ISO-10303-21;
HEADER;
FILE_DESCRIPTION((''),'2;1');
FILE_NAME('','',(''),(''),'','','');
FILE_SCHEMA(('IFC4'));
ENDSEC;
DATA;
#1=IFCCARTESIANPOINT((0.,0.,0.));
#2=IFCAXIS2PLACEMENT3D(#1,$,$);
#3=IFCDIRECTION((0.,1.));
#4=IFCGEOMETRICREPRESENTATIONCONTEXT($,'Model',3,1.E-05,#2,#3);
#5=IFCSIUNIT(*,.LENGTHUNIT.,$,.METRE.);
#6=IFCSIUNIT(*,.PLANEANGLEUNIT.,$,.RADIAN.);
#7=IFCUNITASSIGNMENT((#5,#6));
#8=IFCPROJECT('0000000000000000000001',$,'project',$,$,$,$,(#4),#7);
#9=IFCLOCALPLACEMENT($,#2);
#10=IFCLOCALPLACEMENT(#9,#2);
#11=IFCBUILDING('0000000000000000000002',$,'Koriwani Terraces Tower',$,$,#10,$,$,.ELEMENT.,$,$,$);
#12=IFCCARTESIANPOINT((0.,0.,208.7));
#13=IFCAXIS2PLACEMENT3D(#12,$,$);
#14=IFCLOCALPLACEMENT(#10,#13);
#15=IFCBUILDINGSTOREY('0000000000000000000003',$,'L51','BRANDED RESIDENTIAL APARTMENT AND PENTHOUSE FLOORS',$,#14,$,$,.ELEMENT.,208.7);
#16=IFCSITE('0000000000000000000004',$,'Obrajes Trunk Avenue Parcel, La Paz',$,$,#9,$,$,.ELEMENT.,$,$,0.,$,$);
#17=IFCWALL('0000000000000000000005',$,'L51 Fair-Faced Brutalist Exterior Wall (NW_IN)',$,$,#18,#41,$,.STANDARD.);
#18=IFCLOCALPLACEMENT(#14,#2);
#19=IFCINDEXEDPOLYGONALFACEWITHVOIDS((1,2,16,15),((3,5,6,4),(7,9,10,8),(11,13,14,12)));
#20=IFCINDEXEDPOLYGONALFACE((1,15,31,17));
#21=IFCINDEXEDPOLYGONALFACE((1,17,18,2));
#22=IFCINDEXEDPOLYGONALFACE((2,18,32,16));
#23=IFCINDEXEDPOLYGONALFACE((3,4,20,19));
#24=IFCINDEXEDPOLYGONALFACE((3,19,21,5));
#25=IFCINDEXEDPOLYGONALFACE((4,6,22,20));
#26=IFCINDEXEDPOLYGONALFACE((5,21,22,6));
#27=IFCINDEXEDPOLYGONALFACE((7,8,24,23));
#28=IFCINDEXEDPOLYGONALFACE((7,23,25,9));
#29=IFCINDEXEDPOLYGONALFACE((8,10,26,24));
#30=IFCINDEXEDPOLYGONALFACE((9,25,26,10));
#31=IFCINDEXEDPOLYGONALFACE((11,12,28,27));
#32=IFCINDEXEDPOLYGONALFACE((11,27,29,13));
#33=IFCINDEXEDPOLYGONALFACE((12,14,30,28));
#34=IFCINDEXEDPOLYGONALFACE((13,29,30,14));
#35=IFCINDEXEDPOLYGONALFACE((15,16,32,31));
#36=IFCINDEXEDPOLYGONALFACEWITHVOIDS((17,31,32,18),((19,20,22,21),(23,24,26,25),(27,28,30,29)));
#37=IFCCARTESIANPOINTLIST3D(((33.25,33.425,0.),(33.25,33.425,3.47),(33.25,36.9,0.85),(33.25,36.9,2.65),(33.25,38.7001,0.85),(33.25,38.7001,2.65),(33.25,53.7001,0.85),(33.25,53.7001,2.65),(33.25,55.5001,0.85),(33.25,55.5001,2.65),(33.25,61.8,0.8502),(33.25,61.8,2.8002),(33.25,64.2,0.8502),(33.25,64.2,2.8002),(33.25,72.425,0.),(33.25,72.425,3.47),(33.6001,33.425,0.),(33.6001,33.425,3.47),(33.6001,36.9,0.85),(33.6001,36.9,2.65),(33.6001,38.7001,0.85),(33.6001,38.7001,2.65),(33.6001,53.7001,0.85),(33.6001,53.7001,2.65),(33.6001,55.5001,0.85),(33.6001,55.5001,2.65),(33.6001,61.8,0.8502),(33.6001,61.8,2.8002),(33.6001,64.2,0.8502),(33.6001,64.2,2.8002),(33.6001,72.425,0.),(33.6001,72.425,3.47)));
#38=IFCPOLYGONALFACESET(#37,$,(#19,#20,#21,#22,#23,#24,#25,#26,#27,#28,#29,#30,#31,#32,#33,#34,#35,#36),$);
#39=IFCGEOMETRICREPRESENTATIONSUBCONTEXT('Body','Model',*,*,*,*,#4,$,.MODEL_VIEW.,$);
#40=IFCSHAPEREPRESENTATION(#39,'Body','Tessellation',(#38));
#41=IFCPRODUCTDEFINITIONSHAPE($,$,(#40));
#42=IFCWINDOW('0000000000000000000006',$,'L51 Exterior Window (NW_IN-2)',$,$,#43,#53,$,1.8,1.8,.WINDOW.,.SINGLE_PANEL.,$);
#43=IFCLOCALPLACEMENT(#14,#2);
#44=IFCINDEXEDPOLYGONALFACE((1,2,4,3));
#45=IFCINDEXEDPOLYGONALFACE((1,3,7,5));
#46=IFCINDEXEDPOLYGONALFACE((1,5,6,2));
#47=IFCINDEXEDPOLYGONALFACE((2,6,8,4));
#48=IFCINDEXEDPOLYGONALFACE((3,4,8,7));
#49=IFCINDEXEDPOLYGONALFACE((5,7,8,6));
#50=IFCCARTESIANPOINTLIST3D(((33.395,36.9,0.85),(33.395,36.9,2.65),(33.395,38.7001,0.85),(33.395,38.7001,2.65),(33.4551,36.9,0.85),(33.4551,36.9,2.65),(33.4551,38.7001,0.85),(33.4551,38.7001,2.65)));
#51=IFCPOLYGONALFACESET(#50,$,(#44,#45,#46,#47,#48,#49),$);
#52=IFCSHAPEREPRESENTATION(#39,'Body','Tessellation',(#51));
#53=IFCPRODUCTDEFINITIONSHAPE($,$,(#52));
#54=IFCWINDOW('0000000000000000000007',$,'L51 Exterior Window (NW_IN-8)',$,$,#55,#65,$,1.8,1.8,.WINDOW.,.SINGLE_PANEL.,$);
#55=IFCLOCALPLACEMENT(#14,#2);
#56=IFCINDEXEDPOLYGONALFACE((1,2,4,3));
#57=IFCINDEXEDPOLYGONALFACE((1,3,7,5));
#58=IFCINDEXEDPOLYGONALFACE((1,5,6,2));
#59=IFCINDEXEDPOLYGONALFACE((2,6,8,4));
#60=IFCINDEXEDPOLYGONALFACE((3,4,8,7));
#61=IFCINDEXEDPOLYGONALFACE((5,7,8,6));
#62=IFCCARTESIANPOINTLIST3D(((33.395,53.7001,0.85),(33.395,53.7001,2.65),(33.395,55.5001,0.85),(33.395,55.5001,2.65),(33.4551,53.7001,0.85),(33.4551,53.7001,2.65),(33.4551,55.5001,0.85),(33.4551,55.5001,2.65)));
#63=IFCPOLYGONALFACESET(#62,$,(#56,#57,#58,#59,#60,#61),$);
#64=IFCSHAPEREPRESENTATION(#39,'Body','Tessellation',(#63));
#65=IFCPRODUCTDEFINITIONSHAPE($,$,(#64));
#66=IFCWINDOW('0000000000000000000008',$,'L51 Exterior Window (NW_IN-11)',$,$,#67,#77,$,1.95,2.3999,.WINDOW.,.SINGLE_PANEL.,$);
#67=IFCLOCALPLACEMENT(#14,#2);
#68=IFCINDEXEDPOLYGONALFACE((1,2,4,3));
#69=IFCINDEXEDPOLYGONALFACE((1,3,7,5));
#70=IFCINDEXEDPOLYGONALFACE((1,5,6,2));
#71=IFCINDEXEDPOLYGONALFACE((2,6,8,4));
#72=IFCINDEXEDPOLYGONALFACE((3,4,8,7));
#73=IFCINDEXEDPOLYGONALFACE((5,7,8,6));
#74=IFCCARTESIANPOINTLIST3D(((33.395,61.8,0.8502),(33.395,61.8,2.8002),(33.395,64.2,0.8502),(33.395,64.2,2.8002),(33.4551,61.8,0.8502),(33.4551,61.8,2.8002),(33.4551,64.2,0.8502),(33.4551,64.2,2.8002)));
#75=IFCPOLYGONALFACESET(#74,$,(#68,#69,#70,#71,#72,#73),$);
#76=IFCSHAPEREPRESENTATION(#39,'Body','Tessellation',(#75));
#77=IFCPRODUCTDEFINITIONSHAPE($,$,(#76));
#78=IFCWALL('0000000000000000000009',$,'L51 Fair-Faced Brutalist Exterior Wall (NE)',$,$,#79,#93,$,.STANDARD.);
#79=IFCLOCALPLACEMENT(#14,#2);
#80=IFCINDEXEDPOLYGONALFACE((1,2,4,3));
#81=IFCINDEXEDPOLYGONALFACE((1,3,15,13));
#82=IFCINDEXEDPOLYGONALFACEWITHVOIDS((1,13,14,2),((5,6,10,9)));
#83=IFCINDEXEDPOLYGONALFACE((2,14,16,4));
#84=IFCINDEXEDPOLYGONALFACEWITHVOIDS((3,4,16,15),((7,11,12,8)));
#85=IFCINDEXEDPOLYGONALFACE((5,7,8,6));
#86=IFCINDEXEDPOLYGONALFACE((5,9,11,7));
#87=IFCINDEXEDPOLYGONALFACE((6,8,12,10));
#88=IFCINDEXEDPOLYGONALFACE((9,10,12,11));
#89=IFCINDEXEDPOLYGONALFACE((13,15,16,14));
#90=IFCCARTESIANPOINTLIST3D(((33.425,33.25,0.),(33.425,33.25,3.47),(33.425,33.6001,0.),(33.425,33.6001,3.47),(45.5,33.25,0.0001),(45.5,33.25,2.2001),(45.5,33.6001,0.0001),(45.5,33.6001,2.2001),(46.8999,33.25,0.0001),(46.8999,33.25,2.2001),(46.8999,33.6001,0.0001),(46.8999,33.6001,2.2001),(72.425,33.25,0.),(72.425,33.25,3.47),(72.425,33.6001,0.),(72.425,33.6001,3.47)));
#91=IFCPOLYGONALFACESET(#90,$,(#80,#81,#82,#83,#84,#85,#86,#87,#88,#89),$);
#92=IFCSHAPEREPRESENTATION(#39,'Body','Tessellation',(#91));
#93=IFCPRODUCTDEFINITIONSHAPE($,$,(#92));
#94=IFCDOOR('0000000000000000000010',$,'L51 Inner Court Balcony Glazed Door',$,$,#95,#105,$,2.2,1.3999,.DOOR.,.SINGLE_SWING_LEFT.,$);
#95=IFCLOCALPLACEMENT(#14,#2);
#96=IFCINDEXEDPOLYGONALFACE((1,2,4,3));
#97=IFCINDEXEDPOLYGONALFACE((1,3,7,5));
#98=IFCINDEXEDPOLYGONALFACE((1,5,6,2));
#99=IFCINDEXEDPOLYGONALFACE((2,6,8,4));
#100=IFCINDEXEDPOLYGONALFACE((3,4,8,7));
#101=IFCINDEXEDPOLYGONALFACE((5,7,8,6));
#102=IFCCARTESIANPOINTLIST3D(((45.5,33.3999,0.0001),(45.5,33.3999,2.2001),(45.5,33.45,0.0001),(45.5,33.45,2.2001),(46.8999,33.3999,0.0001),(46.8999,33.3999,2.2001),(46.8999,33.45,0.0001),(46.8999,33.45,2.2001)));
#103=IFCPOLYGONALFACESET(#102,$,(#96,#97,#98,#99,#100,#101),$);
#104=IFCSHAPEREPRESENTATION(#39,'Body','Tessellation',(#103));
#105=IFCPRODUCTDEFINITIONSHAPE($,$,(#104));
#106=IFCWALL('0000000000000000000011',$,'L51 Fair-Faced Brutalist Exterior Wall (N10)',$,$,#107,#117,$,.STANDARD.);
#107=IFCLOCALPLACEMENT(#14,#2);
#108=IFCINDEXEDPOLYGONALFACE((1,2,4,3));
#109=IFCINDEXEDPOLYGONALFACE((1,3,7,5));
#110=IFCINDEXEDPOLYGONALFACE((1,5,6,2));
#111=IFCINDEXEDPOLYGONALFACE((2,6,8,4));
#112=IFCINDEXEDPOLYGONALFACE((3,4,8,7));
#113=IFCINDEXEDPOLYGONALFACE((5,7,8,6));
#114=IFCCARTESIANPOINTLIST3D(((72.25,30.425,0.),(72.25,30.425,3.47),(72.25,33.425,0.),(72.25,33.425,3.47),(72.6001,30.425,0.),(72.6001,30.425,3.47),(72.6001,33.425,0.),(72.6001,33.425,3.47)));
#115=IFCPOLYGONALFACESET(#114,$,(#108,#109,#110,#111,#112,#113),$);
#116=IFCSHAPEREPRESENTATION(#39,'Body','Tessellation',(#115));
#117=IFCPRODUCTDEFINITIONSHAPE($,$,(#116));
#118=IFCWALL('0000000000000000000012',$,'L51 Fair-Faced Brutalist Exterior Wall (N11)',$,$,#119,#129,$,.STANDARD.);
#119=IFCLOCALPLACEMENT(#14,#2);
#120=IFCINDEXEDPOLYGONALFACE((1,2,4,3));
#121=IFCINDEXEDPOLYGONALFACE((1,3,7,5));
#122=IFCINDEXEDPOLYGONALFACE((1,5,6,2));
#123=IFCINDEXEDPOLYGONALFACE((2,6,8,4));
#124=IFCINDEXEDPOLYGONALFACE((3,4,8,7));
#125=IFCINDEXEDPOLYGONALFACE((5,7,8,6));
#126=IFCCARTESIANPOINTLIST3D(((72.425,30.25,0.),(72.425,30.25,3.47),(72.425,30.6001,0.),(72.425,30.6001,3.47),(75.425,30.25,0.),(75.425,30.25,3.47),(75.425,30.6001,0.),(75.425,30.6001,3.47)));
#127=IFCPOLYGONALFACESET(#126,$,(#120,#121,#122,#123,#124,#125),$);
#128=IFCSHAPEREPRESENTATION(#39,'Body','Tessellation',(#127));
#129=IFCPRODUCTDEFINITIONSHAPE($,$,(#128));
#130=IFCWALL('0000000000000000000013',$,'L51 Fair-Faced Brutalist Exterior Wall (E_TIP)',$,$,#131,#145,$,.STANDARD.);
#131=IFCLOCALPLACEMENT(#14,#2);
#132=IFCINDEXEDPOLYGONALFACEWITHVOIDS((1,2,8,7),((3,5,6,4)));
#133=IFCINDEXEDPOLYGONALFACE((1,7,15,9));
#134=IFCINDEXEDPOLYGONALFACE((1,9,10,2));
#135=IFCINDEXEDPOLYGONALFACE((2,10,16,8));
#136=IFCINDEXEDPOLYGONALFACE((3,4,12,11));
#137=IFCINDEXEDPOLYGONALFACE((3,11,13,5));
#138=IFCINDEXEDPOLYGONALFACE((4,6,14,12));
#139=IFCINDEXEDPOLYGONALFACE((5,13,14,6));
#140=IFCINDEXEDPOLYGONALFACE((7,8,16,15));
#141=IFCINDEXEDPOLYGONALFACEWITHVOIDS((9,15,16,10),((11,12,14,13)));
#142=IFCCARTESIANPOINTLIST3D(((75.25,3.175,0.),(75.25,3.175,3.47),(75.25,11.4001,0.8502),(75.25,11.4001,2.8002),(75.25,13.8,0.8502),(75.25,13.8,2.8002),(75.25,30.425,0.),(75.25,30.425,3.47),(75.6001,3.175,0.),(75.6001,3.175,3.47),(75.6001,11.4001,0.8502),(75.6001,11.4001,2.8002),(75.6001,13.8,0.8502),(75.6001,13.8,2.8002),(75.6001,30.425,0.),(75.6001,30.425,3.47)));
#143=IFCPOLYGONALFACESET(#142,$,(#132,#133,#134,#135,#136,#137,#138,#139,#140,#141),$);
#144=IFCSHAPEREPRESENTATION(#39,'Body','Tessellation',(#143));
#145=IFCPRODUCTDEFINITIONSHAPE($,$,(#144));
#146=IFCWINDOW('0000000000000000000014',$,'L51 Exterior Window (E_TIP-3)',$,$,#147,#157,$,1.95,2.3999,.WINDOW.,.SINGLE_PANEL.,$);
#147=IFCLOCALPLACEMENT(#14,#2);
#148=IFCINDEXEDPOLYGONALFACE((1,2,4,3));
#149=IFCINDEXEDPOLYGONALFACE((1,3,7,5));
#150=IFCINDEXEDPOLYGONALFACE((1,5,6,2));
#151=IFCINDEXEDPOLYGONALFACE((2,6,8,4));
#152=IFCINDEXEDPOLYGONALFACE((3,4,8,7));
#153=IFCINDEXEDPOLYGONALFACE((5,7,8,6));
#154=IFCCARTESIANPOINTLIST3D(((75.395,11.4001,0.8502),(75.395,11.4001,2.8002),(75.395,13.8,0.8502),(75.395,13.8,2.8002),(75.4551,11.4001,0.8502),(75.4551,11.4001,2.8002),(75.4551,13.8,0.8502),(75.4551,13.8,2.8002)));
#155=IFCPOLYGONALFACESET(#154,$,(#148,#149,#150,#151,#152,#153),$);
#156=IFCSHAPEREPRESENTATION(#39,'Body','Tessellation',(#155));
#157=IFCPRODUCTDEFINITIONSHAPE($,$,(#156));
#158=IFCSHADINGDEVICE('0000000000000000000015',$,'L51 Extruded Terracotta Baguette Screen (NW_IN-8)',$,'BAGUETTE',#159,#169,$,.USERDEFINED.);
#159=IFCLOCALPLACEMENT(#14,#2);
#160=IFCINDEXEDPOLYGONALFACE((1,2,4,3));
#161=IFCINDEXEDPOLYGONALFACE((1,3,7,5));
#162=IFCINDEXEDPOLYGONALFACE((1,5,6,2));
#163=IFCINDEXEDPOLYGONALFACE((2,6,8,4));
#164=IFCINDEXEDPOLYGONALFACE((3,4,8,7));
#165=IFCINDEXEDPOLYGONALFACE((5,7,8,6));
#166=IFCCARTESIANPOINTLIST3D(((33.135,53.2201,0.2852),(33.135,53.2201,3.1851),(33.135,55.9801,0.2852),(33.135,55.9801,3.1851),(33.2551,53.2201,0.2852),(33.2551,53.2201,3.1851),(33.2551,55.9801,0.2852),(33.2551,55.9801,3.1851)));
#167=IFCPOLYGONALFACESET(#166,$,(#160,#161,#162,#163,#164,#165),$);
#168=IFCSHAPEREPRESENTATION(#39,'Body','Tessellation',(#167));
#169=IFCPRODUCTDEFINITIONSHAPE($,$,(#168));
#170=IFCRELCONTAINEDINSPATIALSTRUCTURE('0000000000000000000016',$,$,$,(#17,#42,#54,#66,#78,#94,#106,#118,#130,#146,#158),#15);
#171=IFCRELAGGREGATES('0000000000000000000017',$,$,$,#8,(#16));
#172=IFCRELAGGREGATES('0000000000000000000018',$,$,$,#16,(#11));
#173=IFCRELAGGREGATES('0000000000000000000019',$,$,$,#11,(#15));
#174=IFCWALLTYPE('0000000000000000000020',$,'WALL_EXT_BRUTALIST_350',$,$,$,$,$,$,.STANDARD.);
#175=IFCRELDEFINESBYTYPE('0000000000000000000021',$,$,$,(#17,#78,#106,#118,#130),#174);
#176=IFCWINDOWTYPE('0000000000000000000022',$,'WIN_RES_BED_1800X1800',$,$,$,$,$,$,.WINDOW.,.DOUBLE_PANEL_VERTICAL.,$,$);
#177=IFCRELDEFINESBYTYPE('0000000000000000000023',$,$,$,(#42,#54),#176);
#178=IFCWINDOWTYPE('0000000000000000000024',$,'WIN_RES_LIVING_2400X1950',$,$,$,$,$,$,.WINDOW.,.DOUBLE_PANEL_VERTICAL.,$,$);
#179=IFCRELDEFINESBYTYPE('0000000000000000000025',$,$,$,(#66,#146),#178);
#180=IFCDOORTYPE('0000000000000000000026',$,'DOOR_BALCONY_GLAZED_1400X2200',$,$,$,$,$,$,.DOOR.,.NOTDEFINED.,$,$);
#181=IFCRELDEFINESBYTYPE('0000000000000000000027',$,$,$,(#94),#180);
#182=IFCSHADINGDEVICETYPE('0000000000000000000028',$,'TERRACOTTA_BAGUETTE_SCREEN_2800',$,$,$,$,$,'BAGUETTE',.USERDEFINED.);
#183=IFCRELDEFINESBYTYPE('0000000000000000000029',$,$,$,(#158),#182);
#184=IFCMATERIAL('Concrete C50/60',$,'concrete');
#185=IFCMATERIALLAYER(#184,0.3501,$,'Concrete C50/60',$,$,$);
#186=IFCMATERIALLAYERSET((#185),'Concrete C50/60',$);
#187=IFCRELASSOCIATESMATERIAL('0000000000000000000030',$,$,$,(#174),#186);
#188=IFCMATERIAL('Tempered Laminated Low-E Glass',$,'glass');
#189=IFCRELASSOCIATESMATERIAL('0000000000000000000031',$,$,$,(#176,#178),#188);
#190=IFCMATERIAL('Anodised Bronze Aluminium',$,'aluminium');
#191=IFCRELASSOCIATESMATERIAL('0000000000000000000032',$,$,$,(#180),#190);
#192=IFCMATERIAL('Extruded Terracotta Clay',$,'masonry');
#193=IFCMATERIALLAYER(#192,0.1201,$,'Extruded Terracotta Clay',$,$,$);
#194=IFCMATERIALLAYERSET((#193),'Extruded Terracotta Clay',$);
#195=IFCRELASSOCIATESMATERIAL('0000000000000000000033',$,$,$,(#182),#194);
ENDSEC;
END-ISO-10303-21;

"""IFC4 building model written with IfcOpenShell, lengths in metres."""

from ifc_helpers import new_model, si_unit, direction, frame, frame_2d, origin, origin_2d, place, context, subcontext, project, spatial, rectangle, extrude, material, layer, layer_set, type_object, element, fill, save


model = new_model("IFC4")

# Units and contexts
model_context = context("Model", 3, precision=1e-05, world=origin(), true_north=direction((0.0, 1.0)))
body_context = subcontext(model_context, "Body", "Model", "MODEL_VIEW")
ifc_project = project(units=[si_unit("LENGTHUNIT", "METRE"), si_unit("PLANEANGLEUNIT", "RADIAN")], contexts=[model_context])

# Site, building, storey
site_placement = place(None, origin())
site = spatial("IfcSite", under=ifc_project, at=site_placement, Name="Obrajes Trunk Avenue Parcel, La Paz", CompositionType="ELEMENT", RefElevation=0.0)
building_placement = place(site_placement, origin())
building = spatial("IfcBuilding", under=site, at=building_placement, Name="Koriwani Terraces Tower", CompositionType="ELEMENT")
storey_placement = place(building_placement, frame((0.0, 0.0, 208.7)))
storey = spatial("IfcBuildingStorey", under=building, at=storey_placement, Name="L51", Description="BRANDED RESIDENTIAL APARTMENT AND PENTHOUSE FLOORS", CompositionType="ELEMENT", Elevation=208.7)

# Shared definitions
ifc_material_1 = material(Name="Concrete C50/60", Category="concrete")

# Wall, openings, windows
ifc_layer_1 = layer(ifc_material_1, 0.3501, Name="Concrete C50/60")
ifc_layer_set_1 = layer_set([ifc_layer_1], Name="Concrete C50/60")
wall_type_1 = type_object("IfcWallType", Name="WALL_EXT_BRUTALIST_350", PredefinedType="STANDARD", material=ifc_layer_set_1)
wall_1_placement = place(storey_placement, frame((33.425, 72.425, 0.0), z_axis=(0.0, 0.0, 1.0), x_axis=(0.0, -1.0, 0.0)))
wall_1 = element("IfcWall", 1, at=wall_1_placement, inside=storey, type_object=wall_type_1, Name="L51 Fair-Faced Brutalist Exterior Wall (NW_IN)", PredefinedType="STANDARD", context=body_context, shape_type="SweptSolid", body=[
    extrude(rectangle(XDim=39.0, YDim=0.3501, at=frame_2d((19.5, 0.0))), origin(), (0.0, 0.0, 1.0), 3.47),
])
opening_1_placement = place(wall_1_placement, frame((33.7251, 0.0, 0.8501)))
opening_1 = element("IfcOpeningElement", 2, at=opening_1_placement, cuts=wall_1, PredefinedType="OPENING", context=body_context, shape_type="SweptSolid", body=[
    extrude(rectangle(XDim=1.8, YDim=1.8, at=frame_2d((0.8999, 0.8999))), frame((0.0, 0.1851, 0.0), z_axis=(0.0, -1.0, 0.0), x_axis=(1.0, 0.0, 0.0)), (0.0, 0.0, 1.0), 0.3701),
])
opening_2_placement = place(wall_1_placement, frame((16.925, 0.0, 0.8501)))
opening_2 = element("IfcOpeningElement", 3, at=opening_2_placement, cuts=wall_1, PredefinedType="OPENING", context=body_context, shape_type="SweptSolid", body=[
    extrude(rectangle(XDim=1.8, YDim=1.8, at=frame_2d((0.8999, 0.8999))), frame((0.0, 0.1851, 0.0), z_axis=(0.0, -1.0, 0.0), x_axis=(1.0, 0.0, 0.0)), (0.0, 0.0, 1.0), 0.3701),
])
opening_3_placement = place(wall_1_placement, frame((8.2251, 0.0, 0.8501)))
opening_3 = element("IfcOpeningElement", 4, at=opening_3_placement, cuts=wall_1, PredefinedType="OPENING", context=body_context, shape_type="SweptSolid", body=[
    extrude(rectangle(XDim=2.3999, YDim=1.95, at=frame_2d((1.2, 0.9751))), frame((0.0, 0.1851, 0.0), z_axis=(0.0, -1.0, 0.0), x_axis=(1.0, 0.0, 0.0)), (0.0, 0.0, 1.0), 0.3701),
])
ifc_material_2 = material(Name="Tempered Laminated Low-E Glass", Category="glass")
window_type_1 = type_object("IfcWindowType", Name="WIN_RES_BED_1800X1800", PartitioningType="DOUBLE_PANEL_VERTICAL", PredefinedType="WINDOW", material=ifc_material_2)
window_1_placement = place(opening_1_placement, origin())
window_1 = element("IfcWindow", 5, at=window_1_placement, inside=storey, type_object=window_type_1, Name="L51 Exterior Window (NW_IN-2)", OverallHeight=1.8, OverallWidth=1.8, PartitioningType="SINGLE_PANEL", PredefinedType="WINDOW", context=body_context, shape_type="SweptSolid", body=[
    extrude(rectangle(XDim=1.8, YDim=1.8, at=frame_2d((0.8999, 0.8999))), frame((0.0, 0.03, 0.0), z_axis=(0.0, -1.0, 0.0), x_axis=(1.0, 0.0, 0.0)), (0.0, 0.0, 1.0), 0.0601),
])
fill(opening_1, window_1)
window_2_placement = place(opening_2_placement, origin())
window_2 = element("IfcWindow", 6, at=window_2_placement, inside=storey, type_object=window_type_1, Name="L51 Exterior Window (NW_IN-8)", OverallHeight=1.8, OverallWidth=1.8, PartitioningType="SINGLE_PANEL", PredefinedType="WINDOW", context=body_context, shape_type="SweptSolid", body=[
    extrude(rectangle(XDim=1.8, YDim=1.8, at=frame_2d((0.8999, 0.8999))), frame((0.0, 0.03, 0.0), z_axis=(0.0, -1.0, 0.0), x_axis=(1.0, 0.0, 0.0)), (0.0, 0.0, 1.0), 0.0601),
])
fill(opening_2, window_2)
window_type_2 = type_object("IfcWindowType", Name="WIN_RES_LIVING_2400X1950", PartitioningType="DOUBLE_PANEL_VERTICAL", PredefinedType="WINDOW", material=ifc_material_2)
window_3_placement = place(opening_3_placement, origin())
window_3 = element("IfcWindow", 7, at=window_3_placement, inside=storey, type_object=window_type_2, Name="L51 Exterior Window (NW_IN-11)", OverallHeight=1.95, OverallWidth=2.3999, PartitioningType="SINGLE_PANEL", PredefinedType="WINDOW", context=body_context, shape_type="SweptSolid", body=[
    extrude(rectangle(XDim=2.3999, YDim=1.95, at=frame_2d((1.2, 0.9751))), frame((0.0, 0.03, 0.0), z_axis=(0.0, -1.0, 0.0), x_axis=(1.0, 0.0, 0.0)), (0.0, 0.0, 1.0), 0.0601),
])
fill(opening_3, window_3)

# Wall, opening, door
wall_2_placement = place(storey_placement, frame((33.425, 33.425, 0.0), z_axis=(0.0, 0.0, 1.0), x_axis=(1.0, 0.0, 0.0)))
wall_2 = element("IfcWall", 8, at=wall_2_placement, inside=storey, type_object=wall_type_1, Name="L51 Fair-Faced Brutalist Exterior Wall (NE)", PredefinedType="STANDARD", context=body_context, shape_type="SweptSolid", body=[
    extrude(rectangle(XDim=39.0, YDim=0.3501, at=frame_2d((19.5, 0.0))), origin(), (0.0, 0.0, 1.0), 3.47),
])
opening_4_placement = place(wall_2_placement, frame((12.075, 0.0, 0.0)))
opening_4 = element("IfcOpeningElement", 9, at=opening_4_placement, cuts=wall_2, PredefinedType="OPENING", context=body_context, shape_type="SweptSolid", body=[
    extrude(rectangle(XDim=1.3999, YDim=2.2, at=frame_2d((0.7, 1.1001))), frame((0.0, 0.1851, 0.0), z_axis=(0.0, -1.0, 0.0), x_axis=(1.0, 0.0, 0.0)), (0.0, 0.0, 1.0), 0.3701),
])
ifc_material_3 = material(Name="Anodised Bronze Aluminium", Category="aluminium")
door_type = type_object("IfcDoorType", Name="DOOR_BALCONY_GLAZED_1400X2200", OperationType="NOTDEFINED", PredefinedType="DOOR", material=ifc_material_3)
door_placement = place(opening_4_placement, origin())
door = element("IfcDoor", 10, at=door_placement, inside=storey, type_object=door_type, Name="L51 Inner Court Balcony Glazed Door", OperationType="SINGLE_SWING_LEFT", OverallHeight=2.2, OverallWidth=1.3999, PredefinedType="DOOR", context=body_context, shape_type="SweptSolid", body=[
    extrude(rectangle(XDim=1.3999, YDim=2.2, at=frame_2d((0.7, 1.1001))), frame((0.0, 0.0249, 0.0), z_axis=(0.0, -1.0, 0.0), x_axis=(1.0, 0.0, 0.0)), (0.0, 0.0, 1.0), 0.05),
])
fill(opening_4, door)

# Walls
for number, where, z_axis, x_axis, name in (
    (11, (72.425, 33.425, 0.0), (0.0, 0.0, 1.0), (0.0, -1.0, 0.0), "L51 Fair-Faced Brutalist Exterior Wall (N10)"),
    (12, (72.425, 30.425, 0.0), (0.0, 0.0, 1.0), (1.0, 0.0, 0.0), "L51 Fair-Faced Brutalist Exterior Wall (N11)"),
):
    element("IfcWall", number, at=place(storey_placement, frame(where, z_axis=z_axis, x_axis=x_axis)), inside=storey, type_object=wall_type_1, Name=name, PredefinedType="STANDARD", context=body_context, shape_type="SweptSolid", body=[
        extrude(rectangle(XDim=3.0, YDim=0.3501, at=frame_2d((1.5, 0.0))), origin(), (0.0, 0.0, 1.0), 3.47),
    ])

# Wall, opening, window
wall_3_placement = place(storey_placement, frame((75.425, 30.425, 0.0), z_axis=(0.0, 0.0, 1.0), x_axis=(0.0, -1.0, 0.0)))
wall_3 = element("IfcWall", 13, at=wall_3_placement, inside=storey, type_object=wall_type_1, Name="L51 Fair-Faced Brutalist Exterior Wall (E_TIP)", PredefinedType="STANDARD", context=body_context, shape_type="SweptSolid", body=[
    extrude(rectangle(XDim=27.25, YDim=0.3501, at=frame_2d((13.625, 0.0))), origin(), (0.0, 0.0, 1.0), 3.47),
])
opening_5_placement = place(wall_3_placement, frame((16.625, 0.0, 0.8501)))
opening_5 = element("IfcOpeningElement", 14, at=opening_5_placement, cuts=wall_3, PredefinedType="OPENING", context=body_context, shape_type="SweptSolid", body=[
    extrude(rectangle(XDim=2.3999, YDim=1.95, at=frame_2d((1.2, 0.9751))), frame((0.0, 0.1851, 0.0), z_axis=(0.0, -1.0, 0.0), x_axis=(1.0, 0.0, 0.0)), (0.0, 0.0, 1.0), 0.3701),
])
window_4_placement = place(opening_5_placement, origin())
window_4 = element("IfcWindow", 15, at=window_4_placement, inside=storey, type_object=window_type_2, Name="L51 Exterior Window (E_TIP-3)", OverallHeight=1.95, OverallWidth=2.3999, PartitioningType="SINGLE_PANEL", PredefinedType="WINDOW", context=body_context, shape_type="SweptSolid", body=[
    extrude(rectangle(XDim=2.3999, YDim=1.95, at=frame_2d((1.2, 0.9751))), frame((0.0, 0.03, 0.0), z_axis=(0.0, -1.0, 0.0), x_axis=(1.0, 0.0, 0.0)), (0.0, 0.0, 1.0), 0.0601),
])
fill(opening_5, window_4)

# Shading device
ifc_material_4 = material(Name="Extruded Terracotta Clay", Category="masonry")
ifc_layer_2 = layer(ifc_material_4, 0.1201, Name="Extruded Terracotta Clay")
ifc_layer_set_2 = layer_set([ifc_layer_2], Name="Extruded Terracotta Clay")
shading_device_type = type_object("IfcShadingDeviceType", Name="TERRACOTTA_BAGUETTE_SCREEN_2800", ElementType="BAGUETTE", PredefinedType="USERDEFINED", material=ifc_layer_set_2)
shading_device_placement = place(storey_placement, frame((33.1951, 54.6001, 0.2852), z_axis=(0.0, 0.0, 1.0), x_axis=(0.0, -1.0, 0.0)))
element("IfcShadingDevice", 16, at=shading_device_placement, inside=storey, type_object=shading_device_type, Name="L51 Extruded Terracotta Baguette Screen (NW_IN-8)", ObjectType="BAGUETTE", PredefinedType="USERDEFINED", context=body_context, shape_type="SweptSolid", body=[
    extrude(rectangle(XDim=2.76, YDim=0.1201, at=origin_2d()), origin(), (0.0, 0.0, 1.0), 2.8999),
])

save(model, "model.ifc")
